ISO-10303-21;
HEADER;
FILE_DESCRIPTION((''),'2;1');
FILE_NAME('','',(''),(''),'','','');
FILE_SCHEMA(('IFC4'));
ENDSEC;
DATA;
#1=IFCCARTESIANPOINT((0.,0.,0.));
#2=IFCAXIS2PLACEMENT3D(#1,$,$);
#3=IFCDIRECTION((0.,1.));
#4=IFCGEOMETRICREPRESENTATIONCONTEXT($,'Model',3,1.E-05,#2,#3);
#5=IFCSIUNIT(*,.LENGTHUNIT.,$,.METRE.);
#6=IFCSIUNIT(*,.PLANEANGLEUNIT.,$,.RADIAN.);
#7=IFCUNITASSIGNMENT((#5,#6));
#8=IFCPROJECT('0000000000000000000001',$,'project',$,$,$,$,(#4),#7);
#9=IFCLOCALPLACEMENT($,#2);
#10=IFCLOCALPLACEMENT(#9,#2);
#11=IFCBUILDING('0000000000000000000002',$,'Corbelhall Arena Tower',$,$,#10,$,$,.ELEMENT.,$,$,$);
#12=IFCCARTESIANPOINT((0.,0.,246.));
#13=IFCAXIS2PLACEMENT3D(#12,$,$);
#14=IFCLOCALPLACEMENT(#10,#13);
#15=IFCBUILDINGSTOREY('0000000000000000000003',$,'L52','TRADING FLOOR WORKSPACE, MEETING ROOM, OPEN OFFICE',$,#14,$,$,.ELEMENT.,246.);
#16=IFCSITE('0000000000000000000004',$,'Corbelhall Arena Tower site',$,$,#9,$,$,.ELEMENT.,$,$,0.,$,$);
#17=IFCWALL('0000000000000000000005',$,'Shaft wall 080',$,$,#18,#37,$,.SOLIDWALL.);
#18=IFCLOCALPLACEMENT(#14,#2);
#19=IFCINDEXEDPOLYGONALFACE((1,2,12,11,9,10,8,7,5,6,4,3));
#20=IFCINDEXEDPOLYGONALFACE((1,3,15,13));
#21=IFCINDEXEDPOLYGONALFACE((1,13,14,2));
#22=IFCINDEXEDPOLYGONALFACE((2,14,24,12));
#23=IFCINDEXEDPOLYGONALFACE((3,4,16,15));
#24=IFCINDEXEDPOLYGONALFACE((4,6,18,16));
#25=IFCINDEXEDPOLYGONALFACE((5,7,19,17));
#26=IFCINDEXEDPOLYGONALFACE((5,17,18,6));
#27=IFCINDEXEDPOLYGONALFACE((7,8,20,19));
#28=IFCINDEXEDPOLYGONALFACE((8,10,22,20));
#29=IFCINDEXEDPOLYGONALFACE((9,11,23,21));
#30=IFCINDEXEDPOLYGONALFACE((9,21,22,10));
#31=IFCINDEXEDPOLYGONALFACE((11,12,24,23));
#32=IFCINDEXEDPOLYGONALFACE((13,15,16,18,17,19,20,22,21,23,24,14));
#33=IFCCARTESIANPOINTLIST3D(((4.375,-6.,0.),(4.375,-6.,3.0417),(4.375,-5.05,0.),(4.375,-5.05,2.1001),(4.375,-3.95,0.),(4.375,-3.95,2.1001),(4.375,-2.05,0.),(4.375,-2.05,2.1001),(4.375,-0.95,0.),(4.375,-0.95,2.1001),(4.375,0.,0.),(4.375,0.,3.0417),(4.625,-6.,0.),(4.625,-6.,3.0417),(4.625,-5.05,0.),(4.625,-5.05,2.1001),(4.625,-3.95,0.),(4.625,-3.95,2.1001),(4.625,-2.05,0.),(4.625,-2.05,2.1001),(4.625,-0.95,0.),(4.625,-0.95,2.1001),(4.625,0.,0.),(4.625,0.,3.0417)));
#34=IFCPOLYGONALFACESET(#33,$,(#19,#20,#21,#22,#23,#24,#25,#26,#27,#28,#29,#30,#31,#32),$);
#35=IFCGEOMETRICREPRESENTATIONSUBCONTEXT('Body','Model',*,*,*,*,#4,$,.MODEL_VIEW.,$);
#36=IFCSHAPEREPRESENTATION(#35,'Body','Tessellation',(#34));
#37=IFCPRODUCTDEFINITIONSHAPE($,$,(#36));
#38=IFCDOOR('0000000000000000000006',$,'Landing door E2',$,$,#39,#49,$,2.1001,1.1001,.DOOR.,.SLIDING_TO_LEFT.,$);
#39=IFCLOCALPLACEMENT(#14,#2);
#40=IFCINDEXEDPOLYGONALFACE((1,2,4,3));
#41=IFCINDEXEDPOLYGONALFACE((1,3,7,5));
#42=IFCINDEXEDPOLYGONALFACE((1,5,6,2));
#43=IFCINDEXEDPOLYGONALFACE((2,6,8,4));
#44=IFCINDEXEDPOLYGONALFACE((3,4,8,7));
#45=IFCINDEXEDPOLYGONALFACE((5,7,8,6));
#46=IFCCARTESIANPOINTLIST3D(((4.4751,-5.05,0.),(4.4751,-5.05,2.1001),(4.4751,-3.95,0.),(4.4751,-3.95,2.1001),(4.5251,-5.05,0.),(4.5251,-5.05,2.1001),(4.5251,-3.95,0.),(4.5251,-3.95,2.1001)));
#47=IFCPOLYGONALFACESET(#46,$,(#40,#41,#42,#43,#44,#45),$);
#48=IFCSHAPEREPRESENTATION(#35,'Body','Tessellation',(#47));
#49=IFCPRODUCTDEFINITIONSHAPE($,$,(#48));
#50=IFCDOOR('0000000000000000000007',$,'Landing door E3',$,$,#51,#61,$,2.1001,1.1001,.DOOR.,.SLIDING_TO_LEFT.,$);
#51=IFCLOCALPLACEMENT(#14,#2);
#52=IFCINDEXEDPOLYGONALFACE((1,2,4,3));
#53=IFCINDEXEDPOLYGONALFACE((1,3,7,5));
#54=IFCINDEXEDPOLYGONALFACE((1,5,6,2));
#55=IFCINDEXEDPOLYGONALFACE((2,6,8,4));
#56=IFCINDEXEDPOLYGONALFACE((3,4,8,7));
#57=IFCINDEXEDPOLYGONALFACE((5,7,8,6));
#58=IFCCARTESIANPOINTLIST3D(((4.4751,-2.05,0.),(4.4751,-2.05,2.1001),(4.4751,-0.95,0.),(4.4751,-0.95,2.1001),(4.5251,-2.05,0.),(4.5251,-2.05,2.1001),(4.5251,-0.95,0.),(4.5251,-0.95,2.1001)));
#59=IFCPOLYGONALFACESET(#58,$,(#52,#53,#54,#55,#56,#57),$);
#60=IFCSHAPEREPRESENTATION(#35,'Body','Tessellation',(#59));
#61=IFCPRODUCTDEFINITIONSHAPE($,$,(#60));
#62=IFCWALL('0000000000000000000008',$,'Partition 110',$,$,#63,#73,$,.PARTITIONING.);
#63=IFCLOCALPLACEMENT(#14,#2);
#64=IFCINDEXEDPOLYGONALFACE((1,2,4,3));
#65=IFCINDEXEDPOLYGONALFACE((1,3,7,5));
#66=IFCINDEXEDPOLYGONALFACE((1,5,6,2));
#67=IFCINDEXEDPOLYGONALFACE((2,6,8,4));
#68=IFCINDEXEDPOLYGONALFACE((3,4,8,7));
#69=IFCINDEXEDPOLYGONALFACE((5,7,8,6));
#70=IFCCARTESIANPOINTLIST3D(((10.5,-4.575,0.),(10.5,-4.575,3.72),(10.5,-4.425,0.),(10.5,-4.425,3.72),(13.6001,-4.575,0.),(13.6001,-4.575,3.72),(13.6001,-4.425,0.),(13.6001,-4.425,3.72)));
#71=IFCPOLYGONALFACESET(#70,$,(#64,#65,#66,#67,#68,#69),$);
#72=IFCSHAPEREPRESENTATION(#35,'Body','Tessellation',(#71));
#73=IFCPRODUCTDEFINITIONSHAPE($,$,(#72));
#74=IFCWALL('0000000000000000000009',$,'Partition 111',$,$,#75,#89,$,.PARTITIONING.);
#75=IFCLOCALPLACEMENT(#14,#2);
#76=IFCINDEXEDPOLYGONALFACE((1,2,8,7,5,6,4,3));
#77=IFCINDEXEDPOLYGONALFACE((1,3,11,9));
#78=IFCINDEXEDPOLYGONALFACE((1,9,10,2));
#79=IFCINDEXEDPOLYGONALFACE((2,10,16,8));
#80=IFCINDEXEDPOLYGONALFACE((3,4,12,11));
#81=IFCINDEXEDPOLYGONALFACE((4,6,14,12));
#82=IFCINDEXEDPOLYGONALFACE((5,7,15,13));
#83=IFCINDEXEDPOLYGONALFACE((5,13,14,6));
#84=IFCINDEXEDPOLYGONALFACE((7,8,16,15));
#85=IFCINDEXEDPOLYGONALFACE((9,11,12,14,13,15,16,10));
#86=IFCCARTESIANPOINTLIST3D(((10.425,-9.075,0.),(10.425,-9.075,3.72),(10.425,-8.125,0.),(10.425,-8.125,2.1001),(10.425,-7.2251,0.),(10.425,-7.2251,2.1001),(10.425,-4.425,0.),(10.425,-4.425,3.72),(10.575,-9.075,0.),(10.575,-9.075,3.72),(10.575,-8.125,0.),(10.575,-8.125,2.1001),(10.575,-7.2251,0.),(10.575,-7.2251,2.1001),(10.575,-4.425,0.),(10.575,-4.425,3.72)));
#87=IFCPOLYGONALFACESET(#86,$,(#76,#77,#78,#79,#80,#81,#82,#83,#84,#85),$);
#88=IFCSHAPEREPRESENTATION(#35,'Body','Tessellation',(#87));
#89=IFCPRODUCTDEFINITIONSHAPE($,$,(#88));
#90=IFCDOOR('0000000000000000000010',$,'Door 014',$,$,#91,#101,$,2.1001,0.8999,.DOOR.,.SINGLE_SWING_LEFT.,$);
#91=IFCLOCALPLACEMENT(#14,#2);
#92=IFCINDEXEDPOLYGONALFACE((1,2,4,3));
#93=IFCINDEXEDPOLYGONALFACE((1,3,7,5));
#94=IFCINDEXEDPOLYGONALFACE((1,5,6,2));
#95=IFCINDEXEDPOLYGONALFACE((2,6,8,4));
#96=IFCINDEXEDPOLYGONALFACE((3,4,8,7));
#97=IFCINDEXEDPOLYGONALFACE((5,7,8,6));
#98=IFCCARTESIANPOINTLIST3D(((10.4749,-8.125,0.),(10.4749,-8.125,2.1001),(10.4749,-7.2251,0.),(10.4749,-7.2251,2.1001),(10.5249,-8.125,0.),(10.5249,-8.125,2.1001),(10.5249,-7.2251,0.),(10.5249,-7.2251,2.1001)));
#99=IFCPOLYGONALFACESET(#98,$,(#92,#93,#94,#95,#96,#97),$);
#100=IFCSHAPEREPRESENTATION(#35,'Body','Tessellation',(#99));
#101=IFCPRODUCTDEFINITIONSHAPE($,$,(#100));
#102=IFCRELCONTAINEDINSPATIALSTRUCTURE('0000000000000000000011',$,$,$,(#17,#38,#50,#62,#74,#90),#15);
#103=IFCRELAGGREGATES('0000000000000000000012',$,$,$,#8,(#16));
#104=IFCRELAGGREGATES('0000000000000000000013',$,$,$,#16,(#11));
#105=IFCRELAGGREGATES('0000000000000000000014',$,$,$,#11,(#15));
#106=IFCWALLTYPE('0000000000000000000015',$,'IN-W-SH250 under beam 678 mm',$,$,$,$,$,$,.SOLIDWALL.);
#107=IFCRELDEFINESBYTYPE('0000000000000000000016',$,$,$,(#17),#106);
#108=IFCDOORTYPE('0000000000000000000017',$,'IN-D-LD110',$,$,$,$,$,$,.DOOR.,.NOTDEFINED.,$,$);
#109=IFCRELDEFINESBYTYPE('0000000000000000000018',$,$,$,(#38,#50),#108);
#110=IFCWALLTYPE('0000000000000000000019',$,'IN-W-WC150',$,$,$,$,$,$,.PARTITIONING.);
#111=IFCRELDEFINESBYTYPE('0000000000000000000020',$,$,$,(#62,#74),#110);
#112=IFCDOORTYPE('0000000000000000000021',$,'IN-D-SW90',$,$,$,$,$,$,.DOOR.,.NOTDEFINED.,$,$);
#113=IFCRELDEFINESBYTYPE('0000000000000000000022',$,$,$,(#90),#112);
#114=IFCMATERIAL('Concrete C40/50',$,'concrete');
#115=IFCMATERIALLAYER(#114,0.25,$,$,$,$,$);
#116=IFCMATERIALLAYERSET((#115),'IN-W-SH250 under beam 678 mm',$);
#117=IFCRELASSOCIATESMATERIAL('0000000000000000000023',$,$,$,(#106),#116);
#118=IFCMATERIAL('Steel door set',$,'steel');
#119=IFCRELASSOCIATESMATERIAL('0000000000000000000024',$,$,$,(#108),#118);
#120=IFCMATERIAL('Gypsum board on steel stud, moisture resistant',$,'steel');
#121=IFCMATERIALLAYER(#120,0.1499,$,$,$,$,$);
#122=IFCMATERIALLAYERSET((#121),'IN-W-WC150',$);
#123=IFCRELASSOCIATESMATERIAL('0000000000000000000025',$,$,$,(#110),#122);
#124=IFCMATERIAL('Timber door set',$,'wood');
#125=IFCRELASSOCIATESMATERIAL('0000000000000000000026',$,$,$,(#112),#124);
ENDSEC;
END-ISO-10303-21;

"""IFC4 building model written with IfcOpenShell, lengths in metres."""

from ifc_helpers import new_model, si_unit, direction, frame, frame_2d, origin, place, context, subcontext, project, spatial, rectangle, extrude, material, layer, layer_set, type_object, element, fill, save


model = new_model("IFC4")

# Units and contexts
model_context = context("Model", 3, precision=1e-05, world=origin(), true_north=direction((0.0, 1.0)))
body_context = subcontext(model_context, "Body", "Model", "MODEL_VIEW")
ifc_project = project(units=[si_unit("LENGTHUNIT", "METRE"), si_unit("PLANEANGLEUNIT", "RADIAN")], contexts=[model_context])

# Site, building, storey
site_placement = place(None, origin())
site = spatial("IfcSite", under=ifc_project, at=site_placement, Name="Corbelhall Arena Tower site", CompositionType="ELEMENT", RefElevation=0.0)
building_placement = place(site_placement, origin())
building = spatial("IfcBuilding", under=site, at=building_placement, Name="Corbelhall Arena Tower", CompositionType="ELEMENT")
storey_placement = place(building_placement, frame((0.0, 0.0, 246.0)))
storey = spatial("IfcBuildingStorey", under=building, at=storey_placement, Name="L52", Description="TRADING FLOOR WORKSPACE, MEETING ROOM, OPEN OFFICE", CompositionType="ELEMENT", Elevation=246.0)

# Shared definitions
ifc_material_1 = material(Name="Concrete C40/50", Category="concrete")

# Shared definitions
ifc_material_2 = material(Name="Steel door set", Category="steel")

# Wall, openings, doors
ifc_layer_1 = layer(ifc_material_1, 0.25)
ifc_layer_set_1 = layer_set([ifc_layer_1], Name="IN-W-SH250 under beam 678 mm")
wall_type_1 = type_object("IfcWallType", Name="IN-W-SH250 under beam 678 mm", PredefinedType="SOLIDWALL", material=ifc_layer_set_1)
wall_1_placement = place(storey_placement, frame((4.5, -6.0, 0.0), z_axis=(0.0, 0.0, 1.0), x_axis=(0.0, 1.0, 0.0)))
wall_1 = element("IfcWall", 1, at=wall_1_placement, inside=storey, type_object=wall_type_1, Name="Shaft wall 080", PredefinedType="SOLIDWALL", context=body_context, shape_type="SweptSolid", body=[
    extrude(rectangle(XDim=6.0, YDim=0.25, at=frame_2d((3.0, 0.0))), origin(), (0.0, 0.0, 1.0), 3.0417),
])
opening_1_placement = place(wall_1_placement, frame((0.95, 0.0, 0.0)))
opening_1 = element("IfcOpeningElement", 2, at=opening_1_placement, cuts=wall_1, PredefinedType="OPENING", context=body_context, shape_type="SweptSolid", body=[
    extrude(rectangle(XDim=1.1001, YDim=2.1001, at=frame_2d((0.55, 1.05))), frame((0.0, 0.125, 0.0), z_axis=(0.0, -1.0, 0.0), x_axis=(1.0, 0.0, 0.0)), (0.0, 0.0, 1.0), 0.25),
])
opening_2_placement = place(wall_1_placement, frame((3.95, 0.0, 0.0)))
opening_2 = element("IfcOpeningElement", 3, at=opening_2_placement, cuts=wall_1, PredefinedType="OPENING", context=body_context, shape_type="SweptSolid", body=[
    extrude(rectangle(XDim=1.1001, YDim=2.1001, at=frame_2d((0.55, 1.05))), frame((0.0, 0.125, 0.0), z_axis=(0.0, -1.0, 0.0), x_axis=(1.0, 0.0, 0.0)), (0.0, 0.0, 1.0), 0.25),
])
door_type_1 = type_object("IfcDoorType", Name="IN-D-LD110", OperationType="NOTDEFINED", PredefinedType="DOOR", material=ifc_material_2)
door_1_placement = place(opening_1_placement, origin())
door_1 = element("IfcDoor", 4, at=door_1_placement, inside=storey, type_object=door_type_1, Name="Landing door E2", OperationType="SLIDING_TO_LEFT", OverallHeight=2.1001, OverallWidth=1.1001, PredefinedType="DOOR", context=body_context, shape_type="SweptSolid", body=[
    extrude(rectangle(XDim=1.1001, YDim=2.1001, at=frame_2d((0.55, 1.05))), frame((0.0, 0.0249, 0.0), z_axis=(0.0, -1.0, 0.0), x_axis=(1.0, 0.0, 0.0)), (0.0, 0.0, 1.0), 0.05),
])
fill(opening_1, door_1)
door_2_placement = place(opening_2_placement, origin())
door_2 = element("IfcDoor", 5, at=door_2_placement, inside=storey, type_object=door_type_1, Name="Landing door E3", OperationType="SLIDING_TO_LEFT", OverallHeight=2.1001, OverallWidth=1.1001, PredefinedType="DOOR", context=body_context, shape_type="SweptSolid", body=[
    extrude(rectangle(XDim=1.1001, YDim=2.1001, at=frame_2d((0.55, 1.05))), frame((0.0, 0.0249, 0.0), z_axis=(0.0, -1.0, 0.0), x_axis=(1.0, 0.0, 0.0)), (0.0, 0.0, 1.0), 0.05),
])
fill(opening_2, door_2)

# Wall
ifc_material_3 = material(Name="Gypsum board on steel stud, moisture resistant", Category="steel")
ifc_layer_2 = layer(ifc_material_3, 0.1499)
ifc_layer_set_2 = layer_set([ifc_layer_2], Name="IN-W-WC150")
wall_type_2 = type_object("IfcWallType", Name="IN-W-WC150", PredefinedType="PARTITIONING", material=ifc_layer_set_2)
wall_2_placement = place(storey_placement, frame((10.5, -4.5, 0.0), z_axis=(0.0, 0.0, 1.0), x_axis=(1.0, 0.0, 0.0)))
element("IfcWall", 6, at=wall_2_placement, inside=storey, type_object=wall_type_2, Name="Partition 110", PredefinedType="PARTITIONING", context=body_context, shape_type="SweptSolid", body=[
    extrude(rectangle(XDim=3.1001, YDim=0.1499, at=frame_2d((1.55, 0.0))), origin(), (0.0, 0.0, 1.0), 3.72),
])

# Wall, opening, door
wall_3_placement = place(storey_placement, frame((10.5, -4.425, 0.0), z_axis=(0.0, 0.0, 1.0), x_axis=(0.0, -1.0, 0.0)))
wall_3 = element("IfcWall", 7, at=wall_3_placement, inside=storey, type_object=wall_type_2, Name="Partition 111", PredefinedType="PARTITIONING", context=body_context, shape_type="SweptSolid", body=[
    extrude(rectangle(XDim=4.6499, YDim=0.1499, at=frame_2d((2.325, 0.0))), origin(), (0.0, 0.0, 1.0), 3.72),
])
opening_3_placement = place(wall_3_placement, frame((2.8, 0.0, 0.0)))
opening_3 = element("IfcOpeningElement", 8, at=opening_3_placement, cuts=wall_3, PredefinedType="OPENING", context=body_context, shape_type="SweptSolid", body=[
    extrude(rectangle(XDim=0.8999, YDim=2.1001, at=frame_2d((0.45, 1.05))), frame((0.0, 0.075, 0.0), z_axis=(0.0, -1.0, 0.0), x_axis=(1.0, 0.0, 0.0)), (0.0, 0.0, 1.0), 0.1499),
])
ifc_material_4 = material(Name="Timber door set", Category="wood")
door_type_2 = type_object("IfcDoorType", Name="IN-D-SW90", OperationType="NOTDEFINED", PredefinedType="DOOR", material=ifc_material_4)
door_3_placement = place(opening_3_placement, origin())
door_3 = element("IfcDoor", 9, at=door_3_placement, inside=storey, type_object=door_type_2, Name="Door 014", OperationType="SINGLE_SWING_LEFT", OverallHeight=2.1001, OverallWidth=0.8999, PredefinedType="DOOR", context=body_context, shape_type="SweptSolid", body=[
    extrude(rectangle(XDim=0.8999, YDim=2.1001, at=frame_2d((0.45, 1.05))), frame((0.0, 0.0249, 0.0), z_axis=(0.0, -1.0, 0.0), x_axis=(1.0, 0.0, 0.0)), (0.0, 0.0, 1.0), 0.05),
])
fill(opening_3, door_3)

save(model, "model.ifc")
